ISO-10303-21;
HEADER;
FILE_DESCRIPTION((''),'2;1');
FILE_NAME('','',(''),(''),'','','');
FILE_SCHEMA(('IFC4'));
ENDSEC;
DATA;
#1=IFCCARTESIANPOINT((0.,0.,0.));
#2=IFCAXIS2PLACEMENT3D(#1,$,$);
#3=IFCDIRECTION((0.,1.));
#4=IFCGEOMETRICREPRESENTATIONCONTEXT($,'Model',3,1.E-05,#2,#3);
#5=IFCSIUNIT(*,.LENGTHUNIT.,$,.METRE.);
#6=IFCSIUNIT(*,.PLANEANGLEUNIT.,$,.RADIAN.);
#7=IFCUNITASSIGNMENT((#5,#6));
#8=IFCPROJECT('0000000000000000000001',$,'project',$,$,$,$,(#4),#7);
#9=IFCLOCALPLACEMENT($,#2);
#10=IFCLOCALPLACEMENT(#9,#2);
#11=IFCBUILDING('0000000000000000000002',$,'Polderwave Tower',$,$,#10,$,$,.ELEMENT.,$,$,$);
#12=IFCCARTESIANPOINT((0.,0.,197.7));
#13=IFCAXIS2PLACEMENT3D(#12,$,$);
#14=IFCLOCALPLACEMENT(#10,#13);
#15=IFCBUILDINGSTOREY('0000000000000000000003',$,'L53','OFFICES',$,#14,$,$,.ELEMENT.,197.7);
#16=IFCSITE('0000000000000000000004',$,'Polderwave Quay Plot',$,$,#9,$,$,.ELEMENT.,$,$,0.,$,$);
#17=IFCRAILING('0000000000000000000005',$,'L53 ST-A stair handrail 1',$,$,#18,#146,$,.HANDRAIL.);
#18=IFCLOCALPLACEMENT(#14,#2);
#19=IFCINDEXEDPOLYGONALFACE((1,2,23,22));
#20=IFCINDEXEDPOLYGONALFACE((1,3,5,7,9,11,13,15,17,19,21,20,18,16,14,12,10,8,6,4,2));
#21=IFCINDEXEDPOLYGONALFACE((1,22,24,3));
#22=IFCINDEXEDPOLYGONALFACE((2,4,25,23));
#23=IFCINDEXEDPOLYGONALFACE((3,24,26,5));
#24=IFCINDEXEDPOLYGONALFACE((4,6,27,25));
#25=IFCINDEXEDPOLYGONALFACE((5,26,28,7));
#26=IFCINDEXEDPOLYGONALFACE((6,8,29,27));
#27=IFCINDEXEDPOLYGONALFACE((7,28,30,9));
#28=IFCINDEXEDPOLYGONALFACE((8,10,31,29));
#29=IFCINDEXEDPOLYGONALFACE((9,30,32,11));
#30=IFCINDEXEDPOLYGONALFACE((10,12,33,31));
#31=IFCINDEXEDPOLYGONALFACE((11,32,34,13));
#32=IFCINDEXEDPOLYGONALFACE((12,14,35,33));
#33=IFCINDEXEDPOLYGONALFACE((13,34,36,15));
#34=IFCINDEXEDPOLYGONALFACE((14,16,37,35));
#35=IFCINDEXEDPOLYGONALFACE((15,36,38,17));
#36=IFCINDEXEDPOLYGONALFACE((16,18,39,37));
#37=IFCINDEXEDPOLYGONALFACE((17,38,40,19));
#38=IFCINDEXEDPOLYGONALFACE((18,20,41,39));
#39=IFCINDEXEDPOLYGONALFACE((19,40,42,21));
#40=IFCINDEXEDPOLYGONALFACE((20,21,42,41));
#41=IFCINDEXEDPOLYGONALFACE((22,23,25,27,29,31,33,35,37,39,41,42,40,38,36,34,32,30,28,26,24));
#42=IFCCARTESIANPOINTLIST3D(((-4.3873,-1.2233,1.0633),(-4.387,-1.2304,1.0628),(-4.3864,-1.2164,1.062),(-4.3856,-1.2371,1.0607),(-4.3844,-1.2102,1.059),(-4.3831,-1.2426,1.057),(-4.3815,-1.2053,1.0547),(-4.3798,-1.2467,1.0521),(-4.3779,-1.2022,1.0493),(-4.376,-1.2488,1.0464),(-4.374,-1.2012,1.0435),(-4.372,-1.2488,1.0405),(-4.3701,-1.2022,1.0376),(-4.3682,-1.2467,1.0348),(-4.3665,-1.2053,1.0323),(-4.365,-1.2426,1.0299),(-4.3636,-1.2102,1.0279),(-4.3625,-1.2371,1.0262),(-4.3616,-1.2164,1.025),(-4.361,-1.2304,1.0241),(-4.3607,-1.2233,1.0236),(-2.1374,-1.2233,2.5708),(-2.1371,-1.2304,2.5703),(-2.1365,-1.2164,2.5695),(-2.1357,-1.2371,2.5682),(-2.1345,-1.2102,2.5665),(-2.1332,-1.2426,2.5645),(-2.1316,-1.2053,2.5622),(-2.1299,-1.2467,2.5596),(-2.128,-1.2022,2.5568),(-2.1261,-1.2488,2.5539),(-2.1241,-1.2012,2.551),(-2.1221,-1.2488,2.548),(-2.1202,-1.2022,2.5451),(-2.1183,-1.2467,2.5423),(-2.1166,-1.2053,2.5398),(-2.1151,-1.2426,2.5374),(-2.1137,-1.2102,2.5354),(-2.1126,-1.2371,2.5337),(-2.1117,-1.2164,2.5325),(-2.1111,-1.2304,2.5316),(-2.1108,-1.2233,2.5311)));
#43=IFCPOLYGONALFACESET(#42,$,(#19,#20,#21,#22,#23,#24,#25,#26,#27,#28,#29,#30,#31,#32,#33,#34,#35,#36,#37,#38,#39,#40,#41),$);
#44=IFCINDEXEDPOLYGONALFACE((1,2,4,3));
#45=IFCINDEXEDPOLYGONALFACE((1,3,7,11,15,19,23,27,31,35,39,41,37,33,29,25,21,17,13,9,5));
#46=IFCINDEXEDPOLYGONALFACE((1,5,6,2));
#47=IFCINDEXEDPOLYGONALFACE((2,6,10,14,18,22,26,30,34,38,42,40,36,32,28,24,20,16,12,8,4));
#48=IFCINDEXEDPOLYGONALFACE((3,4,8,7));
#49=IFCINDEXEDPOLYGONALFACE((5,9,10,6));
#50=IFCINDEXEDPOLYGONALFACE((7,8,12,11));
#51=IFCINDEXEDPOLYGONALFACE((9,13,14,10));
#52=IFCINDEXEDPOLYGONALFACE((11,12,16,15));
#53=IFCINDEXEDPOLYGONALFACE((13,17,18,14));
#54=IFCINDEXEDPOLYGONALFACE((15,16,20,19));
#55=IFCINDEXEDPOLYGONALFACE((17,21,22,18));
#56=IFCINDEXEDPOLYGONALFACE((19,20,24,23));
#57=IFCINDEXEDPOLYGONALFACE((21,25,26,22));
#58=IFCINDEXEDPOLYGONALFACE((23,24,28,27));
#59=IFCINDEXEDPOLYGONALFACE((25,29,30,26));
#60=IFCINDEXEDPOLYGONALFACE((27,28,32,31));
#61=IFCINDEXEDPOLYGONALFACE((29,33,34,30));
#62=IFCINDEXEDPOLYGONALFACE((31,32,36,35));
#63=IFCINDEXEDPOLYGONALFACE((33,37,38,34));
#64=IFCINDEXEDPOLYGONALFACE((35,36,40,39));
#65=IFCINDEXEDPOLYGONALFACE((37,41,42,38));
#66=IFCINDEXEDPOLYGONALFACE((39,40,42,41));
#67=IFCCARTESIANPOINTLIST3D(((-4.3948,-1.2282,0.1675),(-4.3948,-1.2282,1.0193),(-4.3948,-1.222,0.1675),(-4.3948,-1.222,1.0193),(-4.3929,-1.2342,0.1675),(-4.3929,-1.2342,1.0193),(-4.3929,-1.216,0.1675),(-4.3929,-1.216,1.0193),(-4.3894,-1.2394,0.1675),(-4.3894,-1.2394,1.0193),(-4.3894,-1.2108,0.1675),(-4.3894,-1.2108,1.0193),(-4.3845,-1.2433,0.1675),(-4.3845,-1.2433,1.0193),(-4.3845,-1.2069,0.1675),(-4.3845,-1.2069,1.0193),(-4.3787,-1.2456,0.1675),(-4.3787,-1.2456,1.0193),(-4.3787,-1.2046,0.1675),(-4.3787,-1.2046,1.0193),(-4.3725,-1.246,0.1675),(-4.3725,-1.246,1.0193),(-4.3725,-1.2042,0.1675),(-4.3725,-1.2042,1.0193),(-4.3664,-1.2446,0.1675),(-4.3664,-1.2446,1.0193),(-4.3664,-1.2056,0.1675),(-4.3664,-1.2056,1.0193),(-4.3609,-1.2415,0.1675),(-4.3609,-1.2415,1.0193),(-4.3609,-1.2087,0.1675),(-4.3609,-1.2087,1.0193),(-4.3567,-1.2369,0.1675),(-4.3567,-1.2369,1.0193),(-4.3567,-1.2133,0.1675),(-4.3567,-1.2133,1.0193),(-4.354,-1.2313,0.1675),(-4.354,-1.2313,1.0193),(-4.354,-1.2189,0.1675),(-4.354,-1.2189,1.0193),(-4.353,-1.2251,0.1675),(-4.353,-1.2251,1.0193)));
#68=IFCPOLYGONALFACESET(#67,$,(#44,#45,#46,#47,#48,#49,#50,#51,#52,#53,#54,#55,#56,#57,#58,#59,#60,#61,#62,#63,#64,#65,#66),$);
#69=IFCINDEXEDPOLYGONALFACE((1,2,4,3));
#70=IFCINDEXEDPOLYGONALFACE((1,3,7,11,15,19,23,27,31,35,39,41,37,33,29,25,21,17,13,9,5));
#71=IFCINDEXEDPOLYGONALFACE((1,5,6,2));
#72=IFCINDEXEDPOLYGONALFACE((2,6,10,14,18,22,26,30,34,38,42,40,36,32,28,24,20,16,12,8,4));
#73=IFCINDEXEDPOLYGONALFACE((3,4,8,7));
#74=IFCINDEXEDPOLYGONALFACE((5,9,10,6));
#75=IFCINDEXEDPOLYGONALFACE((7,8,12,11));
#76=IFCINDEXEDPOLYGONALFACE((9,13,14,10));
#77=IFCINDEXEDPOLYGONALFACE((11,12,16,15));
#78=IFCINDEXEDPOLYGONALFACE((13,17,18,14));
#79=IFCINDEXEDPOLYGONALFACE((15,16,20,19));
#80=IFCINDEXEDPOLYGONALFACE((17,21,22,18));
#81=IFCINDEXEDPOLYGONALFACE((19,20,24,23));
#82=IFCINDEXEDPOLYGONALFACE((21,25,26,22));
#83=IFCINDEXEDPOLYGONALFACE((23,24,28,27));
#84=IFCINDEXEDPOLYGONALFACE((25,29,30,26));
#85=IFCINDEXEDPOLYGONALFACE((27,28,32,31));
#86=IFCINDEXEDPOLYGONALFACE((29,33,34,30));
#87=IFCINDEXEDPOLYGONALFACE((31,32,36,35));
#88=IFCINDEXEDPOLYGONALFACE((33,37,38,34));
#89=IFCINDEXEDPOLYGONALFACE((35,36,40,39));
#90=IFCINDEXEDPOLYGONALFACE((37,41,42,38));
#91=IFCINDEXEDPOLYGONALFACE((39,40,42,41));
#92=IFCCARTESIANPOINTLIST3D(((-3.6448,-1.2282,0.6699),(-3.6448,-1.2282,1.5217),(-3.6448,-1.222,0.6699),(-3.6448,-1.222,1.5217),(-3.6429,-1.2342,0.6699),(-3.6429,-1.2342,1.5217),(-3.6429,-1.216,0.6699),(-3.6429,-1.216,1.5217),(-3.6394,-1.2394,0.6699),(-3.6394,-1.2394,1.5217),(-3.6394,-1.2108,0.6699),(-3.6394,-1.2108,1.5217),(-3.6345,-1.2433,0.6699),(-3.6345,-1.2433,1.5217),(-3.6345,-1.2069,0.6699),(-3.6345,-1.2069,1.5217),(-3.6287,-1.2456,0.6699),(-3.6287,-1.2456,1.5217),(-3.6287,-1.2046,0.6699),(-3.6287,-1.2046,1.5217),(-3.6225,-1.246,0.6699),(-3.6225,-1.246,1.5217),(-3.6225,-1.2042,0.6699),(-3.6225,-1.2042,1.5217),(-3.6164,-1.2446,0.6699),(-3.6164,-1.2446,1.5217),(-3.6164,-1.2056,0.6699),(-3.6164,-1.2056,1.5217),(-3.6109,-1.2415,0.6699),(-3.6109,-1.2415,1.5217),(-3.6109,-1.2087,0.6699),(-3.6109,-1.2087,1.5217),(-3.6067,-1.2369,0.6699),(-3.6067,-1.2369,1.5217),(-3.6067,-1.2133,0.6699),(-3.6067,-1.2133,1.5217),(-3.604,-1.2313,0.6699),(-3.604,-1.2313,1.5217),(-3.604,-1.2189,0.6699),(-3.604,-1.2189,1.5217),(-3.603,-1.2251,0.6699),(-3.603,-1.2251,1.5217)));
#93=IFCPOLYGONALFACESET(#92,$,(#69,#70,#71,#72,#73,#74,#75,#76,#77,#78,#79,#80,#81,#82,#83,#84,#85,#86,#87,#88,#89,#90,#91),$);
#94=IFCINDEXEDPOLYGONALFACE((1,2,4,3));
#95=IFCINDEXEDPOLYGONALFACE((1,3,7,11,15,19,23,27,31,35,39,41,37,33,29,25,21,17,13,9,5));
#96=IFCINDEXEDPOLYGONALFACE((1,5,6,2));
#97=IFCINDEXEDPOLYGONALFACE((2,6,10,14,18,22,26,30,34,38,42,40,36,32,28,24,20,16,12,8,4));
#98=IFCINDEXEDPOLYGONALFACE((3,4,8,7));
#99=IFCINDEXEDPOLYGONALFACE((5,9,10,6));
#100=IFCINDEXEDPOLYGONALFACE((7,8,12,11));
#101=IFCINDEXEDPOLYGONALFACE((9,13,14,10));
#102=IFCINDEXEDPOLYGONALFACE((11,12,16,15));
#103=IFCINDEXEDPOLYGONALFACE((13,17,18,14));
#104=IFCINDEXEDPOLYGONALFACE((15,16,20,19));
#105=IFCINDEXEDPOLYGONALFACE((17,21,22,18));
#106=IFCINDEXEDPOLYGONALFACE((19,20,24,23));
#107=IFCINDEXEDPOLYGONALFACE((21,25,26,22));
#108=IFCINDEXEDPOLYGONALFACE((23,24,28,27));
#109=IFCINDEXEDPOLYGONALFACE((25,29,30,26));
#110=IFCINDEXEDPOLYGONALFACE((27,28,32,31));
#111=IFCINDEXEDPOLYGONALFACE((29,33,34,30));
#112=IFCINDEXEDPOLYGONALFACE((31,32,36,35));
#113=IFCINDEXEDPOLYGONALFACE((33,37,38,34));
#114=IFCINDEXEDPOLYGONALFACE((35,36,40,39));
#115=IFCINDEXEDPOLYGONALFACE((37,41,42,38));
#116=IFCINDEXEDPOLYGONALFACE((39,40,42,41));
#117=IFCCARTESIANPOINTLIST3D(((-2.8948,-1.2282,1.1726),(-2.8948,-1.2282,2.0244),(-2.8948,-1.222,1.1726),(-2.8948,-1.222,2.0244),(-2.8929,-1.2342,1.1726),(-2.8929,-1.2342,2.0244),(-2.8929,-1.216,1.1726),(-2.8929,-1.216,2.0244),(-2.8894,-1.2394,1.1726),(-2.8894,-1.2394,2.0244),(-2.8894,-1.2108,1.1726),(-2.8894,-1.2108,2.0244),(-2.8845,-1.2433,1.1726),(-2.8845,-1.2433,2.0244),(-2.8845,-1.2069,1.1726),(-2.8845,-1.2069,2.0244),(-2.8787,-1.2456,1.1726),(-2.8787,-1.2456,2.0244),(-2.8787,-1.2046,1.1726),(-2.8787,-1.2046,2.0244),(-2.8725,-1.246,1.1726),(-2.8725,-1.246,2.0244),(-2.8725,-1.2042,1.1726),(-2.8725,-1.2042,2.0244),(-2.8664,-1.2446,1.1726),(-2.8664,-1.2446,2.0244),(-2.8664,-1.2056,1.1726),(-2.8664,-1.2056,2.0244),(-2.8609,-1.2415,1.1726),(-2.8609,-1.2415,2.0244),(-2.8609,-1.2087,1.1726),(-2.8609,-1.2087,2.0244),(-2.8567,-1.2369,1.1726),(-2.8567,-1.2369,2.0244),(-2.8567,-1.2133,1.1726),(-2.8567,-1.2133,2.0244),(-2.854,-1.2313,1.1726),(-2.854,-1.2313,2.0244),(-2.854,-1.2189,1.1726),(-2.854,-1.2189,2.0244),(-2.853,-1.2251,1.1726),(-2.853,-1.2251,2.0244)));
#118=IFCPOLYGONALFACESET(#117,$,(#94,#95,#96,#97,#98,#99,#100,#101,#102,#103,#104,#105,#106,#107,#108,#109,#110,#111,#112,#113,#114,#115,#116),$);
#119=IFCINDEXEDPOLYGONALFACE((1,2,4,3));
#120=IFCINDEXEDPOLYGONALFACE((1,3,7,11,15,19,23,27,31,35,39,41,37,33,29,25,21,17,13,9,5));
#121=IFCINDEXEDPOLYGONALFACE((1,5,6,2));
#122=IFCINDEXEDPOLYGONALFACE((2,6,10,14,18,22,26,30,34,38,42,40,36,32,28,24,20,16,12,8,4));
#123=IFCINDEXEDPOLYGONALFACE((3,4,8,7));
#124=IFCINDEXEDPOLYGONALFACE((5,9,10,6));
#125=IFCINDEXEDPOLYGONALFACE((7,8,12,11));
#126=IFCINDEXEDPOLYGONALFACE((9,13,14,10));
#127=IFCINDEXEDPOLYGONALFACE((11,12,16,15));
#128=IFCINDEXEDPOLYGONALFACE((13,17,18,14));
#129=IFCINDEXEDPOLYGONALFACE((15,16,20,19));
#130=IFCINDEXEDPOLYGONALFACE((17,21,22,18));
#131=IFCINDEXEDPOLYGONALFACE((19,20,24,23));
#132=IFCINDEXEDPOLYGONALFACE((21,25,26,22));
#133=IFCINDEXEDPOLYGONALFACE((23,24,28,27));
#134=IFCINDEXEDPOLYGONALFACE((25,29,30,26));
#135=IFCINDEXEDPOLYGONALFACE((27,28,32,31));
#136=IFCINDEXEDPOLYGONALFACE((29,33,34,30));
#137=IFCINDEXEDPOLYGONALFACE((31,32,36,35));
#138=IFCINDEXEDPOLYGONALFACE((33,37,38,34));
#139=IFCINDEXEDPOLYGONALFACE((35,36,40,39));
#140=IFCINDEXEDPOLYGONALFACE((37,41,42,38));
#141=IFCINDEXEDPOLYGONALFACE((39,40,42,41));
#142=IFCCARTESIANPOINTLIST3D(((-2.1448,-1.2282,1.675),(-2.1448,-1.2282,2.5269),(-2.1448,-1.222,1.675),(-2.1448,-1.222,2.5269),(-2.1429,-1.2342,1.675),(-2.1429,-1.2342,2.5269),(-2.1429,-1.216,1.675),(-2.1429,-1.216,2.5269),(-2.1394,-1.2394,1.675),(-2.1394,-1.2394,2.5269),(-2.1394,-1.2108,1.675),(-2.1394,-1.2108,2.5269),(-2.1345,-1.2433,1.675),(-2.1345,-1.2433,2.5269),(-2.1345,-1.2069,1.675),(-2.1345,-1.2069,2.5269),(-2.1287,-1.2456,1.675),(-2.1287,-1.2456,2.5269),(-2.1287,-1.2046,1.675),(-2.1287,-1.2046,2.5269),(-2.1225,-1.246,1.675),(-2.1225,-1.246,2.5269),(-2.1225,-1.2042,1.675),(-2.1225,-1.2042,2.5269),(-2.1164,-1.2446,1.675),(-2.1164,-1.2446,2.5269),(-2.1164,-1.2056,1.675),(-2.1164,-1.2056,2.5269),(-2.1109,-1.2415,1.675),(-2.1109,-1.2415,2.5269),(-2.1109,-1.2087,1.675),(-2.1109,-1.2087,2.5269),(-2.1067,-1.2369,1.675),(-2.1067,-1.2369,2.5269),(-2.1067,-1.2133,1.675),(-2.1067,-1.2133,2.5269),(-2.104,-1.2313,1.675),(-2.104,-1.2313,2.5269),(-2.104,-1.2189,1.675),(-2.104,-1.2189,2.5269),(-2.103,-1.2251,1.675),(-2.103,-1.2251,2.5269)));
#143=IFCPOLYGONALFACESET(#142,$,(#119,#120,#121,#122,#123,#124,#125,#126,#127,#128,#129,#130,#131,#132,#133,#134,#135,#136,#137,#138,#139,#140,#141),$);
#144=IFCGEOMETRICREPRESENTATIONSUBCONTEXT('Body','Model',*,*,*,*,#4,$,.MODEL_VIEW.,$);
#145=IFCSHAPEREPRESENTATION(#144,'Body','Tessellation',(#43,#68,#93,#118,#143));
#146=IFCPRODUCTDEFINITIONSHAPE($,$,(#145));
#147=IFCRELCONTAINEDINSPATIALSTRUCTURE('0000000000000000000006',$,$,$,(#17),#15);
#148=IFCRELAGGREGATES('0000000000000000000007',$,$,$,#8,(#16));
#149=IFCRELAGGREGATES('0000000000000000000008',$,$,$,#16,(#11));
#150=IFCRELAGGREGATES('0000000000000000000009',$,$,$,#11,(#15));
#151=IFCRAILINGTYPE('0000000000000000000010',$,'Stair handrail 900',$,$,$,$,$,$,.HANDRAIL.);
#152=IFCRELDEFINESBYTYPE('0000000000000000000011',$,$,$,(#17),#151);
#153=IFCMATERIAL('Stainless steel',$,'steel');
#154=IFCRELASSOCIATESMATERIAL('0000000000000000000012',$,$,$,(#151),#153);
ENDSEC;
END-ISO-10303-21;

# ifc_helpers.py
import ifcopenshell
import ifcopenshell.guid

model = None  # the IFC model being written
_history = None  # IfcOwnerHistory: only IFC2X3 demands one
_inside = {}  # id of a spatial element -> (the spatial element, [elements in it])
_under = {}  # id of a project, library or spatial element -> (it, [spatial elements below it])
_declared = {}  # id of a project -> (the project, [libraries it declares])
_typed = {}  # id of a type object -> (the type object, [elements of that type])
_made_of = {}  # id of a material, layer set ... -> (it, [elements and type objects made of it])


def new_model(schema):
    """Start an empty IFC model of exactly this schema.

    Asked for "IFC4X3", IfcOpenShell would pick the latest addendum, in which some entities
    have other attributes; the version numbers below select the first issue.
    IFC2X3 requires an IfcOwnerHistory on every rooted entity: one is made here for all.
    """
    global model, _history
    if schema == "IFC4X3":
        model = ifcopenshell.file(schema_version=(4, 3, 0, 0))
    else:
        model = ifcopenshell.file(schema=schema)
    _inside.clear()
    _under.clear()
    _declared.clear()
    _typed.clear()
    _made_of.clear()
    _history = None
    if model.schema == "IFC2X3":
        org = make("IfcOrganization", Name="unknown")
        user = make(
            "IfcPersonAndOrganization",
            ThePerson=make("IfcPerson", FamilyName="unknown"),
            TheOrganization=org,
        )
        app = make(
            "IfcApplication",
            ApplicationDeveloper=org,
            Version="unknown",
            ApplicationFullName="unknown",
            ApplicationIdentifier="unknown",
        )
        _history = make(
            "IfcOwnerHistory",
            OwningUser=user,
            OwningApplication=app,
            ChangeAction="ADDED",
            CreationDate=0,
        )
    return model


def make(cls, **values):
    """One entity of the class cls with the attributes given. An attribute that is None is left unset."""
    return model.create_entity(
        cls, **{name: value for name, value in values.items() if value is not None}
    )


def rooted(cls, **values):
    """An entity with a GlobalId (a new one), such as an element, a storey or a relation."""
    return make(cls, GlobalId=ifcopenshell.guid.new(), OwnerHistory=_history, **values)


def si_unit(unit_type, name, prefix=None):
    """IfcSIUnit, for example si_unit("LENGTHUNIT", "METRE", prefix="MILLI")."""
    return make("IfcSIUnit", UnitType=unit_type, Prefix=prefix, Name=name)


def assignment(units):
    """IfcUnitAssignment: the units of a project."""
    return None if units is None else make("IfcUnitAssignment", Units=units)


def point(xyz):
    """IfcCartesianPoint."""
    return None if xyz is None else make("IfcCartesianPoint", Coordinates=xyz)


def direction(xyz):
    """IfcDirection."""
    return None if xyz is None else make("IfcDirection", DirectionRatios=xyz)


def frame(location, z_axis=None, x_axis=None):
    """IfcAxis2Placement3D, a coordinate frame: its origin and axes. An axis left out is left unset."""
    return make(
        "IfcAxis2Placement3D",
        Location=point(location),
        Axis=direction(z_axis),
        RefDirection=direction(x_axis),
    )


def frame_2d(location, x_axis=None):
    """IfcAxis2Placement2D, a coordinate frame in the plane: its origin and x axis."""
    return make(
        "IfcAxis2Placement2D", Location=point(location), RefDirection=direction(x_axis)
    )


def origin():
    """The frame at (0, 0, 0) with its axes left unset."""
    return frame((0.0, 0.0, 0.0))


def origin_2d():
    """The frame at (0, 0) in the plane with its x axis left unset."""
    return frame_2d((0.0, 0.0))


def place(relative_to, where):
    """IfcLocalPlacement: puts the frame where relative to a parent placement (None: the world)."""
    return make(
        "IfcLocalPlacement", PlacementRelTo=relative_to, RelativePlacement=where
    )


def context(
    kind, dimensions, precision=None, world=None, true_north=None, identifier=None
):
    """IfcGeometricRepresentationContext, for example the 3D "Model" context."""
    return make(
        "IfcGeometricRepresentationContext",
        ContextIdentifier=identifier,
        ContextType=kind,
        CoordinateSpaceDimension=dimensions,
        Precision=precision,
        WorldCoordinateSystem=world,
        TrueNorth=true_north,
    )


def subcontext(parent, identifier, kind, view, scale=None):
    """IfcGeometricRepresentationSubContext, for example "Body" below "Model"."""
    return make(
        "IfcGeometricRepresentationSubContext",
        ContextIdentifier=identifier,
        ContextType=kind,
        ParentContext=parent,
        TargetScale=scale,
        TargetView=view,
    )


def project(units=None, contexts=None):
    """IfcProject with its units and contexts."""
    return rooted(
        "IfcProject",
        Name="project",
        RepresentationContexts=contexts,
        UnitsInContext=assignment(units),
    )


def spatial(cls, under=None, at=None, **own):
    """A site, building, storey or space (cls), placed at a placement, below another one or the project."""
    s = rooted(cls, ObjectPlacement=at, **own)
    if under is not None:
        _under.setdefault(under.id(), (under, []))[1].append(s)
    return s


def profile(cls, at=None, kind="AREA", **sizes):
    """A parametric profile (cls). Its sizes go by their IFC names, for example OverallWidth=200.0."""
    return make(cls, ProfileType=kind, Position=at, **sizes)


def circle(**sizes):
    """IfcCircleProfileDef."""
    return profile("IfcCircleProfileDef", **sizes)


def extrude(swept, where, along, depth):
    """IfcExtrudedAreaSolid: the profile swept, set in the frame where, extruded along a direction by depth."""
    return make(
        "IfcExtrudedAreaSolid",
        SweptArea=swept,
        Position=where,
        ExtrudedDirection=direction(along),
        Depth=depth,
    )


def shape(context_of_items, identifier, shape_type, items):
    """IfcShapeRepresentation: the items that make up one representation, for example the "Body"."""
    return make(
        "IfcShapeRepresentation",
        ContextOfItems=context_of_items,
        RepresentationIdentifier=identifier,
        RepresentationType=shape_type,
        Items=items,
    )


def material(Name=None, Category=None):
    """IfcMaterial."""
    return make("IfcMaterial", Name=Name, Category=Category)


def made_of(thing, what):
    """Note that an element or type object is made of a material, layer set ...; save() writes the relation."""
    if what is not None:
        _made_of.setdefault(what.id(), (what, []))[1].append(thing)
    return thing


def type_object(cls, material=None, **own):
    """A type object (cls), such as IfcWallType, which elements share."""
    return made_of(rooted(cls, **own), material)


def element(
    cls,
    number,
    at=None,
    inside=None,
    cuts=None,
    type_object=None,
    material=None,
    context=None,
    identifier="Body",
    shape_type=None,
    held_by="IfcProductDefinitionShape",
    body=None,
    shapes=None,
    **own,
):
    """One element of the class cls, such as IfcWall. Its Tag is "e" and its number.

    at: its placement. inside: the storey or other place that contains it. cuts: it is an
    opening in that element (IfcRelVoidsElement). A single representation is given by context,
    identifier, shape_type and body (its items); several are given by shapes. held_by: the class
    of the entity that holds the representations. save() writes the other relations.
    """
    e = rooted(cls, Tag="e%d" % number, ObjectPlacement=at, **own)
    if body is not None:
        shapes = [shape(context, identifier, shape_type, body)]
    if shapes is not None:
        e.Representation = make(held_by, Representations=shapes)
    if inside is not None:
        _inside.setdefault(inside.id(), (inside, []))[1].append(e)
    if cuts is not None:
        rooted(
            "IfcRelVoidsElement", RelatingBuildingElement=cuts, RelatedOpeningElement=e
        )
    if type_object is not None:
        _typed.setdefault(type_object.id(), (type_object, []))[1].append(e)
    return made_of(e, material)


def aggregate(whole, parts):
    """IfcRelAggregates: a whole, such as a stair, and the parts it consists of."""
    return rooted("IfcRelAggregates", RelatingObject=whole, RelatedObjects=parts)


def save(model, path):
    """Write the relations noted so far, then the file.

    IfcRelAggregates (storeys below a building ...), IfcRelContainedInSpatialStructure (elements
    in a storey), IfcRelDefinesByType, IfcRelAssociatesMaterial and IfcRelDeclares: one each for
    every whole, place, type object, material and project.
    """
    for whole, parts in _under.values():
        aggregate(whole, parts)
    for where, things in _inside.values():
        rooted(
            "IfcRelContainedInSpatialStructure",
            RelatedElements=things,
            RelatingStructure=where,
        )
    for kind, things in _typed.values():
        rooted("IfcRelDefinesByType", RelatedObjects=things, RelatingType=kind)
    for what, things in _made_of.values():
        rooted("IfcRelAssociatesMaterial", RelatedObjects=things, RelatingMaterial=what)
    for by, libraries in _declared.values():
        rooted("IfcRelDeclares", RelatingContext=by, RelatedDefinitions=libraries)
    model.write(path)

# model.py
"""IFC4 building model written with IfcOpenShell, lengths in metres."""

from ifc_helpers import new_model, si_unit, direction, frame, origin, origin_2d, place, context, subcontext, project, spatial, circle, extrude, material, type_object, element, save


model = new_model("IFC4")

# Units and contexts
model_context = context("Model", 3, precision=1e-05, world=origin(), true_north=direction((0.0, 1.0)))
body_context = subcontext(model_context, "Body", "Model", "MODEL_VIEW")
ifc_project = project(units=[si_unit("LENGTHUNIT", "METRE"), si_unit("PLANEANGLEUNIT", "RADIAN")], contexts=[model_context])

# Site, building, storey
site_placement = place(None, origin())
site = spatial("IfcSite", under=ifc_project, at=site_placement, Name="Polderwave Quay Plot", CompositionType="ELEMENT", RefElevation=0.0)
building_placement = place(site_placement, origin())
building = spatial("IfcBuilding", under=site, at=building_placement, Name="Polderwave Tower", CompositionType="ELEMENT")
storey_placement = place(building_placement, frame((0.0, 0.0, 197.7)))
storey = spatial("IfcBuildingStorey", under=building, at=storey_placement, Name="L53", Description="OFFICES", CompositionType="ELEMENT", Elevation=197.7)

# Shared definitions
ifc_material_1 = material(Name="Stainless steel", Category="steel")

# Railing
railing_type_1 = type_object("IfcRailingType", Name="Stair handrail 900", PredefinedType="HANDRAIL", material=ifc_material_1)
railing_1_placement = place(storey_placement, frame((-4.374, -1.2251, 0.1675)))
element("IfcRailing", 1, at=railing_1_placement, inside=storey, type_object=railing_type_1, Name="L53 ST-A stair handrail 1", PredefinedType="HANDRAIL", context=body_context, shape_type="SweptSolid", body=[
    extrude(circle(Radius=0.0239, at=origin_2d()), frame((0.0, 0.0, 0.876), z_axis=(0.830758, 0.0, 0.556633), x_axis=(0.0, 1.0, 0.0)), (0.0, 0.0, 1.0), 2.7083),
    extrude(circle(Radius=0.021, at=origin_2d()), origin(), (0.0, 0.0, 1.0), 0.8518),
    extrude(circle(Radius=0.021, at=origin_2d()), frame((0.75, 0.0, 0.5024)), (0.0, 0.0, 1.0), 0.8518),
    extrude(circle(Radius=0.021, at=origin_2d()), frame((1.5, 0.0, 1.0051)), (0.0, 0.0, 1.0), 0.8518),
    extrude(circle(Radius=0.021, at=origin_2d()), frame((2.25, 0.0, 1.5076)), (0.0, 0.0, 1.0), 0.8518),
])

save(model, "model.ifc")
